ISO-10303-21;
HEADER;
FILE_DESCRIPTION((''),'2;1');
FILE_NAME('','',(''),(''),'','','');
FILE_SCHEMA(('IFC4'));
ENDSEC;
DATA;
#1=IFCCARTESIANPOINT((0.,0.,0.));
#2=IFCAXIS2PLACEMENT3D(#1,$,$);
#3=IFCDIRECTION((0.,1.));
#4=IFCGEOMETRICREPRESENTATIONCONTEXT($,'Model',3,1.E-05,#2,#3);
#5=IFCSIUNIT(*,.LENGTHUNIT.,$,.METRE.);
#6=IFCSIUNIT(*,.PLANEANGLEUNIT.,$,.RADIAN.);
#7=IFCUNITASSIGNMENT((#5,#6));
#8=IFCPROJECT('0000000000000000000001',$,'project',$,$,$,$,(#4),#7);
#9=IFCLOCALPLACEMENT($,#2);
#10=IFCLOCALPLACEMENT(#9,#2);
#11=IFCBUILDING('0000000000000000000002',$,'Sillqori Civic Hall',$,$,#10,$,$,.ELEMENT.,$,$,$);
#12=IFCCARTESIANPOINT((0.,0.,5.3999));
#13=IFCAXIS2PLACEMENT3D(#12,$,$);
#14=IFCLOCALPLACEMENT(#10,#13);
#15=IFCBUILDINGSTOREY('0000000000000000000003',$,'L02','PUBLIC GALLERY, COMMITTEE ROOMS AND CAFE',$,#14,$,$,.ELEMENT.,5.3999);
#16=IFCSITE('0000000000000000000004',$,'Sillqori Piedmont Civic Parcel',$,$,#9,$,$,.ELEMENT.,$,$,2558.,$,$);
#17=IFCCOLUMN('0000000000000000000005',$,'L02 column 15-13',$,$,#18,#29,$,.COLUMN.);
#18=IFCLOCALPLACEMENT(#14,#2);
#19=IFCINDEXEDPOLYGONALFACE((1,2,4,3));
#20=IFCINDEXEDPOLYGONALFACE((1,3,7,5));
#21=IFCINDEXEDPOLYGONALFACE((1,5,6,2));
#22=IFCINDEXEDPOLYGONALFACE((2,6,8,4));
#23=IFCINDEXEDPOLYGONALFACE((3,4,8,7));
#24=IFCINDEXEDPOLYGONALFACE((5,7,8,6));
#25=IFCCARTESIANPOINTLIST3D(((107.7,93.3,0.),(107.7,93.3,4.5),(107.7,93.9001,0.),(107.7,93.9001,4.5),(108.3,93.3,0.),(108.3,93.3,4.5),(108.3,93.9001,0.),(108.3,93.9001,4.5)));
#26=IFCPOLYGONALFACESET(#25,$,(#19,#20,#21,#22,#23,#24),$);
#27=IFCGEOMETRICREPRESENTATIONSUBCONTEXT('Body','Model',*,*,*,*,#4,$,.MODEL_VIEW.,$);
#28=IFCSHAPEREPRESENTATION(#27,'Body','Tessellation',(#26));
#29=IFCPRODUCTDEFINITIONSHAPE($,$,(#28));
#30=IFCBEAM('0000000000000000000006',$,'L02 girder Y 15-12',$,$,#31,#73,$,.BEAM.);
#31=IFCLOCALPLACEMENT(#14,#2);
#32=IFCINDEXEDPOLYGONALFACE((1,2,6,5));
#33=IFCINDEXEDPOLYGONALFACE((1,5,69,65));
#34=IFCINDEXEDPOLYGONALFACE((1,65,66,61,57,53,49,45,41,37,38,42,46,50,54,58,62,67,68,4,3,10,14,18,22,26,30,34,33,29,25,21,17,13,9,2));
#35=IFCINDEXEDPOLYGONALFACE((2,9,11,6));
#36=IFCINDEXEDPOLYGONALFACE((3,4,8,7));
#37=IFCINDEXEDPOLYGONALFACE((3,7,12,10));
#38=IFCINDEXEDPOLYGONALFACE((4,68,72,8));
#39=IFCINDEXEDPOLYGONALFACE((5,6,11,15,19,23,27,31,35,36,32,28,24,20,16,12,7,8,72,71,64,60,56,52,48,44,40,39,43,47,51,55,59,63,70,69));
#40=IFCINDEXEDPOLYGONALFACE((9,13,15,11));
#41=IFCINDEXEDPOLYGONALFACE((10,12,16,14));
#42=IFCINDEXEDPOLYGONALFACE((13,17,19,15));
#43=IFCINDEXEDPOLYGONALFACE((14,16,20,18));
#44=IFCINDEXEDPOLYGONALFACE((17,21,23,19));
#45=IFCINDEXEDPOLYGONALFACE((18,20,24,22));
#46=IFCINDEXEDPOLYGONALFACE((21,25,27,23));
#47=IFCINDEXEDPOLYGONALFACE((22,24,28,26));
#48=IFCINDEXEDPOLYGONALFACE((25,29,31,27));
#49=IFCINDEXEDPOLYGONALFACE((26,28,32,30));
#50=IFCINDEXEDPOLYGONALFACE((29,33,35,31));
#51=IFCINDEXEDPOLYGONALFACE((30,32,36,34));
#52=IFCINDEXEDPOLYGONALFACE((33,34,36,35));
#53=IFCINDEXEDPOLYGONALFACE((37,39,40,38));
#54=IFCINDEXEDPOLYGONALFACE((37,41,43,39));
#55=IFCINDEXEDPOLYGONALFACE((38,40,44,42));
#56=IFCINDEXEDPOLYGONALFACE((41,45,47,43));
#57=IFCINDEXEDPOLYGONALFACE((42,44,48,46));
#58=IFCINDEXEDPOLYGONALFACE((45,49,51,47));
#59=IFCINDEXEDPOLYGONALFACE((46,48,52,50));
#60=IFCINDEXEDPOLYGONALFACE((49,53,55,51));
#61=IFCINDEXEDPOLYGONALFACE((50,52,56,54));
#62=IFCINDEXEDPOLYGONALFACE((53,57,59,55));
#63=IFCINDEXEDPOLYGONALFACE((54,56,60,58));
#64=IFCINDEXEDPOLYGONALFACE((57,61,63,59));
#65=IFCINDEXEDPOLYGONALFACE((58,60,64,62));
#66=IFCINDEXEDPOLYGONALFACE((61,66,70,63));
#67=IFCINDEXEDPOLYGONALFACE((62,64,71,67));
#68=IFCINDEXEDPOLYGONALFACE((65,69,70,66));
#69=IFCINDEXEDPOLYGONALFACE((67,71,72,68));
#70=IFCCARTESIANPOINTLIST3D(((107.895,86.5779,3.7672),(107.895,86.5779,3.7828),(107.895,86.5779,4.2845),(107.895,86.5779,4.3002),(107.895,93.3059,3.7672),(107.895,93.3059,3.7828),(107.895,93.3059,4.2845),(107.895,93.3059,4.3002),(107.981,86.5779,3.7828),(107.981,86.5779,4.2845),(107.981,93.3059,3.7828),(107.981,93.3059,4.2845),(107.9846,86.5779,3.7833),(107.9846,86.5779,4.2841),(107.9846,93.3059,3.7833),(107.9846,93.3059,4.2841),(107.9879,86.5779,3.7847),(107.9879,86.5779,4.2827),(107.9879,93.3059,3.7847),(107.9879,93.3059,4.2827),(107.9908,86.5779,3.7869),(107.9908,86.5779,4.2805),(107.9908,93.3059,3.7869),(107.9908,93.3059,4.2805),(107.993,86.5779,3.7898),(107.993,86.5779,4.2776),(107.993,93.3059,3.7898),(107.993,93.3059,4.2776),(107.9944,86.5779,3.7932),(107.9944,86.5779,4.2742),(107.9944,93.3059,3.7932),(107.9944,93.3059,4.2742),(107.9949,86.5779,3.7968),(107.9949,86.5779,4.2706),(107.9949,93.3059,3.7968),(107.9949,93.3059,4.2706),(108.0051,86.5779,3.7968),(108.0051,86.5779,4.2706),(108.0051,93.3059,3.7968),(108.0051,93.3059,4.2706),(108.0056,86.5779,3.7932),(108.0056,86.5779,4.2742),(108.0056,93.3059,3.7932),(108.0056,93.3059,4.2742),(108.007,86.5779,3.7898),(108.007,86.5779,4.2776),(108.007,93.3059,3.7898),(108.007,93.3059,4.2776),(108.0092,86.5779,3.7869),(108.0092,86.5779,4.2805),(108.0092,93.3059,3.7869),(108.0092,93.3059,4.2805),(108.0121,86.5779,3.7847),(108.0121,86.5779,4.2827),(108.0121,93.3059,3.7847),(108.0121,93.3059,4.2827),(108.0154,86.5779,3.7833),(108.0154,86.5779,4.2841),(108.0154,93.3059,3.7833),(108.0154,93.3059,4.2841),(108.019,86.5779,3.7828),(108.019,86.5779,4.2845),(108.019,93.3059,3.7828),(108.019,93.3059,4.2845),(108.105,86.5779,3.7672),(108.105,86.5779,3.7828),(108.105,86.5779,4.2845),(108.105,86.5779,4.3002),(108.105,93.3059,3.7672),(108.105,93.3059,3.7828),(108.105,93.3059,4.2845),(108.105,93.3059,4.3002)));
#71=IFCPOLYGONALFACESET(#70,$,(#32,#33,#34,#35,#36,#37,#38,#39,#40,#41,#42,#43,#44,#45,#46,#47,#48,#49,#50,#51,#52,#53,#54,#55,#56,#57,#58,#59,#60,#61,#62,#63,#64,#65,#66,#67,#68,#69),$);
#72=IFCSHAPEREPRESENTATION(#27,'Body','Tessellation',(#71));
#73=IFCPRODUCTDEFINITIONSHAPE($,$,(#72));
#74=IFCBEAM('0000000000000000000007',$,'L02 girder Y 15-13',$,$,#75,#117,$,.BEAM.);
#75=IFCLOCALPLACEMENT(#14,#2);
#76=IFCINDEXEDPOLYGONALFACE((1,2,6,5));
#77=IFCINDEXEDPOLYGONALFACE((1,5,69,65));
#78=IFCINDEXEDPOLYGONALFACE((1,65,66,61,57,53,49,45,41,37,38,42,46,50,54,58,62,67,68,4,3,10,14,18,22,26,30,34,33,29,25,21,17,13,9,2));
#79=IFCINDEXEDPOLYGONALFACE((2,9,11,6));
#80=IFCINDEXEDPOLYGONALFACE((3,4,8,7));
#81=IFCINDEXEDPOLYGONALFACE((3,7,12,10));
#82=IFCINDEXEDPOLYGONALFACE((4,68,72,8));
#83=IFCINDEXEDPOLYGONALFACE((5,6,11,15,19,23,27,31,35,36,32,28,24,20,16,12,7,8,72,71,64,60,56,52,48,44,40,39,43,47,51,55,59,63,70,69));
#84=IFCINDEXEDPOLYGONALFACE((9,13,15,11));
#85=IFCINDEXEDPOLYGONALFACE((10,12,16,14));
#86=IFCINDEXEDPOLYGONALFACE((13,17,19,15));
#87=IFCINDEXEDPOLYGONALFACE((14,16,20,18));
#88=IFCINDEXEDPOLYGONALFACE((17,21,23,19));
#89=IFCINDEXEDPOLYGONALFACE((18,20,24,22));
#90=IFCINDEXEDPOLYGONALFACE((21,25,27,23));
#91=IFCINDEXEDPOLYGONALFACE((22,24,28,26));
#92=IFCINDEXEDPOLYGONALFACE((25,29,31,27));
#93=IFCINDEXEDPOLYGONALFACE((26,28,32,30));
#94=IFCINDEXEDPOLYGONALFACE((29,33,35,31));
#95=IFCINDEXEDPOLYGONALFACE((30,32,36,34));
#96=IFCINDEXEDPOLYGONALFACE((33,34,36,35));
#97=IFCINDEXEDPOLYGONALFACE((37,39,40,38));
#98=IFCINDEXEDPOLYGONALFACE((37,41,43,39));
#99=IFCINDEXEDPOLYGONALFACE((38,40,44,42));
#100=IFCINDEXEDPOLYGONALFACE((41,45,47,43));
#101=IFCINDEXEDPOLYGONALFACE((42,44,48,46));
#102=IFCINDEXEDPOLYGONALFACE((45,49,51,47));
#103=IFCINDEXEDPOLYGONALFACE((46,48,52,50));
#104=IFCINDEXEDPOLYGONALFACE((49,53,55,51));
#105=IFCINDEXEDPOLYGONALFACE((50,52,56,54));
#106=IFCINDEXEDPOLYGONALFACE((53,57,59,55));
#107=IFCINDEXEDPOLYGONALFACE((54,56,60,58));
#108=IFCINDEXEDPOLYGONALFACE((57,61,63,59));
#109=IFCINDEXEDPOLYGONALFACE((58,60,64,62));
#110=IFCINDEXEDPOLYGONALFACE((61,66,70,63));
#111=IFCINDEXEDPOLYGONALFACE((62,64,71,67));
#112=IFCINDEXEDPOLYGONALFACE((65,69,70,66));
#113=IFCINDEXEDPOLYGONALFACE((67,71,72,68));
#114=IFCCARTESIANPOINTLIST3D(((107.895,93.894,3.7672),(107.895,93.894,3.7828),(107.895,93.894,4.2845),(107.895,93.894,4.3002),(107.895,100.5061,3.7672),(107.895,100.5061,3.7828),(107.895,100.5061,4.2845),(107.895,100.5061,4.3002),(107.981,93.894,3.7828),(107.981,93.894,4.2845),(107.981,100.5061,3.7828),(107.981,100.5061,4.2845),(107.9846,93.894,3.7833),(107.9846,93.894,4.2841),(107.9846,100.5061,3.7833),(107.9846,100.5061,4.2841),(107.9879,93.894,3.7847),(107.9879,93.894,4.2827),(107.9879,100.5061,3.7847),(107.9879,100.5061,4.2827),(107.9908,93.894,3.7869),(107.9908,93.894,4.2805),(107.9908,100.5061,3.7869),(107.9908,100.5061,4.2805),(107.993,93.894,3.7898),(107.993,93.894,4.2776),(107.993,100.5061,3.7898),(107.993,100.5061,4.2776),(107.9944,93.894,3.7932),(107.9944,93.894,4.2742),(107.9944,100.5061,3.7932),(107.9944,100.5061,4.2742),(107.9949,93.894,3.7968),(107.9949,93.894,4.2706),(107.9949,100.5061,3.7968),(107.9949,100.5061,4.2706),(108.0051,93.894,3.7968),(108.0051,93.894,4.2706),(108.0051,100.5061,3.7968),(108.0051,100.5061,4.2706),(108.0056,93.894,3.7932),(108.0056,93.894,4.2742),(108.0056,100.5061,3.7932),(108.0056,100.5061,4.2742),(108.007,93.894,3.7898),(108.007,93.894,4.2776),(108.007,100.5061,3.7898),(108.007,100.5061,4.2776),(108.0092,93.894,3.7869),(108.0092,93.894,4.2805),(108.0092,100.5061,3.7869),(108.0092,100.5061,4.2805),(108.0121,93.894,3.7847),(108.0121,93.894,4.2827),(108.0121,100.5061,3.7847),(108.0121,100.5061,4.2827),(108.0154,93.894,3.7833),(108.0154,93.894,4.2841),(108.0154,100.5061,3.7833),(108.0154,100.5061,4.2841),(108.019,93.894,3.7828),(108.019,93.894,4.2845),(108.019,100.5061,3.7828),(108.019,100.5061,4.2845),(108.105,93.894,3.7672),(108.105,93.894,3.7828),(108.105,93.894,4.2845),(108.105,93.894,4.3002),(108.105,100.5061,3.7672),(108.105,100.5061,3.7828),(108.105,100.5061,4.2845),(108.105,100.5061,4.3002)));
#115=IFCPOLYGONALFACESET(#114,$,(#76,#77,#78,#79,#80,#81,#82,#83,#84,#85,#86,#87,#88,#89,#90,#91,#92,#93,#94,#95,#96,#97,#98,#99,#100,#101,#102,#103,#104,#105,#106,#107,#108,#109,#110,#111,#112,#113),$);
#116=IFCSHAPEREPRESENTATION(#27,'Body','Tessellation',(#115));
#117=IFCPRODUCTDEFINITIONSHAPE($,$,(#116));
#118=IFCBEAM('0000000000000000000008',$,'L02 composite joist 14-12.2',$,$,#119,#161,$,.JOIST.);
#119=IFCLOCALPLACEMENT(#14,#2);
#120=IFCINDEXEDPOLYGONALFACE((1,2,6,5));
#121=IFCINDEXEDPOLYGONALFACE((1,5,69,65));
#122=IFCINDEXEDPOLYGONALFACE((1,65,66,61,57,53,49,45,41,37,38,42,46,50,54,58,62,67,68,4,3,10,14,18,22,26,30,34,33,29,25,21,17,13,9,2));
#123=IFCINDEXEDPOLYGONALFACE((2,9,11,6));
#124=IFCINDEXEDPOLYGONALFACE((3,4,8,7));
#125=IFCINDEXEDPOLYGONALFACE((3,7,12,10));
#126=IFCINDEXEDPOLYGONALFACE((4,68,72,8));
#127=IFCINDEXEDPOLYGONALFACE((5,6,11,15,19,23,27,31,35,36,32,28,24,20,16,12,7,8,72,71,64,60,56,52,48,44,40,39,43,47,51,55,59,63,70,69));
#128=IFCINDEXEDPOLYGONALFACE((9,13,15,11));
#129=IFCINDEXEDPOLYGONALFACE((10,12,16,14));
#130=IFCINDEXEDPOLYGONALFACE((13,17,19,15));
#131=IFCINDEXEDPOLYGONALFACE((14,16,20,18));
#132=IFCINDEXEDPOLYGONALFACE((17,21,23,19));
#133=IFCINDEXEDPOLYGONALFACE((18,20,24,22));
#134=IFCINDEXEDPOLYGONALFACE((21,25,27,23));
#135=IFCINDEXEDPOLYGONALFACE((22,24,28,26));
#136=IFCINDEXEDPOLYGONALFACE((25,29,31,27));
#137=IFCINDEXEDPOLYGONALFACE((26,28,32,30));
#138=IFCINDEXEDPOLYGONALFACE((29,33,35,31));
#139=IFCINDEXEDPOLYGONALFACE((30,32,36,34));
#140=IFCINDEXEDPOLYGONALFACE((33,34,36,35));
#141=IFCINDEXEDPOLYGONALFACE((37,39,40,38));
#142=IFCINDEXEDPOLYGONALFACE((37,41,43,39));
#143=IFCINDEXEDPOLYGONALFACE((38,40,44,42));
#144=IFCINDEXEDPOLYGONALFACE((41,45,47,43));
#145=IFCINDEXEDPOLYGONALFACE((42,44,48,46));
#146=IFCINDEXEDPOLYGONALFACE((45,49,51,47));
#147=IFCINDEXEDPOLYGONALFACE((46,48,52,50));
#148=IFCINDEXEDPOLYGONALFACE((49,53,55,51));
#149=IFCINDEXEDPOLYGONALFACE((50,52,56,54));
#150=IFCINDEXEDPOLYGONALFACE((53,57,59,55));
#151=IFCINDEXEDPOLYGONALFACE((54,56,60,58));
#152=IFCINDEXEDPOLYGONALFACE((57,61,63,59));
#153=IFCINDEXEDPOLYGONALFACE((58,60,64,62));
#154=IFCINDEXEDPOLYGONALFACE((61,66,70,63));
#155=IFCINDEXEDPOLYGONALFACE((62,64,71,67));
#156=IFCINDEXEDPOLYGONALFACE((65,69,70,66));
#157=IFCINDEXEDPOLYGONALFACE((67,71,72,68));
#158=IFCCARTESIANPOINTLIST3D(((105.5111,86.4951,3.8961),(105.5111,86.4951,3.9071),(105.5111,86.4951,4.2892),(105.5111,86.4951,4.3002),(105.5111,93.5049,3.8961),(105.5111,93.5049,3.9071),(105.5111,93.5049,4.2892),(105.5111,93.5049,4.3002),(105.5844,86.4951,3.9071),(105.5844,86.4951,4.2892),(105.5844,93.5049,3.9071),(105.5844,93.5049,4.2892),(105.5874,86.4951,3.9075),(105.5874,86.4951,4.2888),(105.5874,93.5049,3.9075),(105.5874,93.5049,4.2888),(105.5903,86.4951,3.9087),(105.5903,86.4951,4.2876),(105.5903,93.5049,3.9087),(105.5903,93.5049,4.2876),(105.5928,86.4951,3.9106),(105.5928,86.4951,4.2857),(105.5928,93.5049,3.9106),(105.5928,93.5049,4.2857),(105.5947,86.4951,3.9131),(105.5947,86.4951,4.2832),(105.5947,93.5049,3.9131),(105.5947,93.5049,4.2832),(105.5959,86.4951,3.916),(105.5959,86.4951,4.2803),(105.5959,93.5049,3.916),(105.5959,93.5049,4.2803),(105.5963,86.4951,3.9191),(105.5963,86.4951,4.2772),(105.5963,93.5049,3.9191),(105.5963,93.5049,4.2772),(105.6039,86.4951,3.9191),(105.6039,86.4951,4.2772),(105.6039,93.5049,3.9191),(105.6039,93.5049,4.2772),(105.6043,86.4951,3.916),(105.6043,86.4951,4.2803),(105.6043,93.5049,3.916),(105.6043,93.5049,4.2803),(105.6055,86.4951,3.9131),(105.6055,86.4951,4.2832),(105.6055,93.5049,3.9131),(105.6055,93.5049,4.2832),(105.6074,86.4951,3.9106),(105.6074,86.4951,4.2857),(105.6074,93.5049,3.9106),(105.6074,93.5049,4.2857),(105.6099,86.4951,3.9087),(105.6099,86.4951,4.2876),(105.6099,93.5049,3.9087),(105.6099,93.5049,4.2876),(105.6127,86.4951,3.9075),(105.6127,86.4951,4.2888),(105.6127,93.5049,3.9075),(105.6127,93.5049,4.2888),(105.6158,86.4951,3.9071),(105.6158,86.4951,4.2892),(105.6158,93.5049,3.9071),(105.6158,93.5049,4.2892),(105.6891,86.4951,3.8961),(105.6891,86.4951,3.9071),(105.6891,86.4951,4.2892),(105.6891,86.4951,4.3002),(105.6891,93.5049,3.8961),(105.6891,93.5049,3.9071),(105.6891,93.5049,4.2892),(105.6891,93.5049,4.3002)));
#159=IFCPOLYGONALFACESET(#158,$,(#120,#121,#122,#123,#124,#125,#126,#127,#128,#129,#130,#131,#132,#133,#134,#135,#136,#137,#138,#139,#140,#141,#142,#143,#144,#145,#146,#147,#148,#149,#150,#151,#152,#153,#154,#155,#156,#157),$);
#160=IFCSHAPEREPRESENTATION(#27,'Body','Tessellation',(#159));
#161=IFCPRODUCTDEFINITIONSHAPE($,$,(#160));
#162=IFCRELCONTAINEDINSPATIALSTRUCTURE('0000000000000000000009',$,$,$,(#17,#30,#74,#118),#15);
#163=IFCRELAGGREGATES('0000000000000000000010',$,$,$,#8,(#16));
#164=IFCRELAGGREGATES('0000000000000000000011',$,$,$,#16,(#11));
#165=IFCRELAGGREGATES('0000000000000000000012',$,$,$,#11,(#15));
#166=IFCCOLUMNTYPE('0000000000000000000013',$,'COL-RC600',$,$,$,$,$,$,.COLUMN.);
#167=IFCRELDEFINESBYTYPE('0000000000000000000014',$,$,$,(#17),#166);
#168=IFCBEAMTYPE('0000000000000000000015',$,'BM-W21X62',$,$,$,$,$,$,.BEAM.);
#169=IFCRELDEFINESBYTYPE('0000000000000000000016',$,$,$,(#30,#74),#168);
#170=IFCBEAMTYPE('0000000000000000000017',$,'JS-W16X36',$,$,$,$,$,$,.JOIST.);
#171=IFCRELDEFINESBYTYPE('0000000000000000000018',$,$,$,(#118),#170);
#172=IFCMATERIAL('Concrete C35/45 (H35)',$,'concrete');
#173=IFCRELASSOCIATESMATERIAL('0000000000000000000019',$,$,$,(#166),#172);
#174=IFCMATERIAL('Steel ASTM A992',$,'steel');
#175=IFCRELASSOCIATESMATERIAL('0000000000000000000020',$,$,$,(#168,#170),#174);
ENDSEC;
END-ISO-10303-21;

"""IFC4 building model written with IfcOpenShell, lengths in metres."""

from ifc_helpers import new_model, si_unit, direction, frame, origin, origin_2d, place, context, subcontext, project, spatial, rectangle, i_section, extrude, material, material_profile, profile_set, type_object, element, save


model = new_model("IFC4")

# Units and contexts
model_context = context("Model", 3, precision=1e-05, world=origin(), true_north=direction((0.0, 1.0)))
body_context = subcontext(model_context, "Body", "Model", "MODEL_VIEW")
ifc_project = project(units=[si_unit("LENGTHUNIT", "METRE"), si_unit("PLANEANGLEUNIT", "RADIAN")], contexts=[model_context])

# Site, building, storey
site_placement = place(None, origin())
site = spatial("IfcSite", under=ifc_project, at=site_placement, Name="Sillqori Piedmont Civic Parcel", CompositionType="ELEMENT", RefElevation=2558.0)
building_placement = place(site_placement, origin())
building = spatial("IfcBuilding", under=site, at=building_placement, Name="Sillqori Civic Hall", CompositionType="ELEMENT")
storey_placement = place(building_placement, frame((0.0, 0.0, 5.3999)))
storey = spatial("IfcBuildingStorey", under=building, at=storey_placement, Name="L02", Description="PUBLIC GALLERY, COMMITTEE ROOMS AND CAFE", CompositionType="ELEMENT", Elevation=5.3999)

# Column
ifc_material_1 = material(Name="Concrete C35/45 (H35)", Category="concrete")
ifc_material_profile_1 = material_profile(ifc_material_1, rectangle(XDim=0.6001, YDim=0.6001, at=origin_2d()), Name="RC 600x600")
ifc_profile_set_1 = profile_set([ifc_material_profile_1], Name="Concrete C35/45 (H35)")
column_type = type_object("IfcColumnType", Name="COL-RC600", PredefinedType="COLUMN", material=ifc_profile_set_1)
column_placement = place(storey_placement, frame((108.0, 93.6001, 0.0), z_axis=(0.0, 0.0, 1.0), x_axis=(1.0, 0.0, 0.0)))
element("IfcColumn", 1, at=column_placement, inside=storey, type_object=column_type, Name="L02 column 15-13", PredefinedType="COLUMN", context=body_context, shape_type="SweptSolid", body=[
    extrude(rectangle(XDim=0.6001, YDim=0.6001, at=origin_2d()), origin(), (0.0, 0.0, 1.0), 4.5),
])

# Beams
ifc_material_2 = material(Name="Steel ASTM A992", Category="steel")
ifc_material_profile_2 = material_profile(ifc_material_2, i_section(OverallWidth=0.21, OverallDepth=0.533, WebThickness=0.0103, FlangeThickness=0.0156, FilletRadius=0.0139, at=origin_2d()), Name="W21X62")
ifc_profile_set_2 = profile_set([ifc_material_profile_2], Name="Steel ASTM A992")
beam_type_1 = type_object("IfcBeamType", Name="BM-W21X62", PredefinedType="BEAM", material=ifc_profile_set_2)
beam_1_placement = place(storey_placement, frame((108.0, 86.5779, 4.0337), z_axis=(0.0, 1.0, 0.0), x_axis=(-1.0, 0.0, 0.0)))
element("IfcBeam", 2, at=beam_1_placement, inside=storey, type_object=beam_type_1, Name="L02 girder Y 15-12", PredefinedType="BEAM", context=body_context, shape_type="SweptSolid", body=[
    extrude(i_section(OverallWidth=0.21, OverallDepth=0.533, WebThickness=0.0103, FlangeThickness=0.0156, FilletRadius=0.0139, at=origin_2d()), origin(), (0.0, 0.0, 1.0), 6.728),
])
beam_2_placement = place(storey_placement, frame((108.0, 93.894, 4.0337), z_axis=(0.0, 1.0, 0.0), x_axis=(-1.0, 0.0, 0.0)))
element("IfcBeam", 3, at=beam_2_placement, inside=storey, type_object=beam_type_1, Name="L02 girder Y 15-13", PredefinedType="BEAM", context=body_context, shape_type="SweptSolid", body=[
    extrude(i_section(OverallWidth=0.21, OverallDepth=0.533, WebThickness=0.0103, FlangeThickness=0.0156, FilletRadius=0.0139, at=origin_2d()), origin(), (0.0, 0.0, 1.0), 6.6121),
])
ifc_material_profile_3 = material_profile(ifc_material_2, i_section(OverallWidth=0.178, OverallDepth=0.4041, WebThickness=0.0076, FlangeThickness=0.011, FilletRadius=0.012, at=origin_2d()), Name="W16X36")
ifc_profile_set_3 = profile_set([ifc_material_profile_3], Name="Steel ASTM A992")
beam_type_2 = type_object("IfcBeamType", Name="JS-W16X36", PredefinedType="JOIST", material=ifc_profile_set_3)
beam_3_placement = place(storey_placement, frame((105.6001, 86.4951, 4.0981), z_axis=(0.0, 1.0, 0.0), x_axis=(-1.0, 0.0, 0.0)))
element("IfcBeam", 4, at=beam_3_placement, inside=storey, type_object=beam_type_2, Name="L02 composite joist 14-12.2", PredefinedType="JOIST", context=body_context, shape_type="SweptSolid", body=[
    extrude(i_section(OverallWidth=0.178, OverallDepth=0.4041, WebThickness=0.0076, FlangeThickness=0.011, FilletRadius=0.012, at=origin_2d()), origin(), (0.0, 0.0, 1.0), 7.0098),
])

save(model, "model.ifc")
